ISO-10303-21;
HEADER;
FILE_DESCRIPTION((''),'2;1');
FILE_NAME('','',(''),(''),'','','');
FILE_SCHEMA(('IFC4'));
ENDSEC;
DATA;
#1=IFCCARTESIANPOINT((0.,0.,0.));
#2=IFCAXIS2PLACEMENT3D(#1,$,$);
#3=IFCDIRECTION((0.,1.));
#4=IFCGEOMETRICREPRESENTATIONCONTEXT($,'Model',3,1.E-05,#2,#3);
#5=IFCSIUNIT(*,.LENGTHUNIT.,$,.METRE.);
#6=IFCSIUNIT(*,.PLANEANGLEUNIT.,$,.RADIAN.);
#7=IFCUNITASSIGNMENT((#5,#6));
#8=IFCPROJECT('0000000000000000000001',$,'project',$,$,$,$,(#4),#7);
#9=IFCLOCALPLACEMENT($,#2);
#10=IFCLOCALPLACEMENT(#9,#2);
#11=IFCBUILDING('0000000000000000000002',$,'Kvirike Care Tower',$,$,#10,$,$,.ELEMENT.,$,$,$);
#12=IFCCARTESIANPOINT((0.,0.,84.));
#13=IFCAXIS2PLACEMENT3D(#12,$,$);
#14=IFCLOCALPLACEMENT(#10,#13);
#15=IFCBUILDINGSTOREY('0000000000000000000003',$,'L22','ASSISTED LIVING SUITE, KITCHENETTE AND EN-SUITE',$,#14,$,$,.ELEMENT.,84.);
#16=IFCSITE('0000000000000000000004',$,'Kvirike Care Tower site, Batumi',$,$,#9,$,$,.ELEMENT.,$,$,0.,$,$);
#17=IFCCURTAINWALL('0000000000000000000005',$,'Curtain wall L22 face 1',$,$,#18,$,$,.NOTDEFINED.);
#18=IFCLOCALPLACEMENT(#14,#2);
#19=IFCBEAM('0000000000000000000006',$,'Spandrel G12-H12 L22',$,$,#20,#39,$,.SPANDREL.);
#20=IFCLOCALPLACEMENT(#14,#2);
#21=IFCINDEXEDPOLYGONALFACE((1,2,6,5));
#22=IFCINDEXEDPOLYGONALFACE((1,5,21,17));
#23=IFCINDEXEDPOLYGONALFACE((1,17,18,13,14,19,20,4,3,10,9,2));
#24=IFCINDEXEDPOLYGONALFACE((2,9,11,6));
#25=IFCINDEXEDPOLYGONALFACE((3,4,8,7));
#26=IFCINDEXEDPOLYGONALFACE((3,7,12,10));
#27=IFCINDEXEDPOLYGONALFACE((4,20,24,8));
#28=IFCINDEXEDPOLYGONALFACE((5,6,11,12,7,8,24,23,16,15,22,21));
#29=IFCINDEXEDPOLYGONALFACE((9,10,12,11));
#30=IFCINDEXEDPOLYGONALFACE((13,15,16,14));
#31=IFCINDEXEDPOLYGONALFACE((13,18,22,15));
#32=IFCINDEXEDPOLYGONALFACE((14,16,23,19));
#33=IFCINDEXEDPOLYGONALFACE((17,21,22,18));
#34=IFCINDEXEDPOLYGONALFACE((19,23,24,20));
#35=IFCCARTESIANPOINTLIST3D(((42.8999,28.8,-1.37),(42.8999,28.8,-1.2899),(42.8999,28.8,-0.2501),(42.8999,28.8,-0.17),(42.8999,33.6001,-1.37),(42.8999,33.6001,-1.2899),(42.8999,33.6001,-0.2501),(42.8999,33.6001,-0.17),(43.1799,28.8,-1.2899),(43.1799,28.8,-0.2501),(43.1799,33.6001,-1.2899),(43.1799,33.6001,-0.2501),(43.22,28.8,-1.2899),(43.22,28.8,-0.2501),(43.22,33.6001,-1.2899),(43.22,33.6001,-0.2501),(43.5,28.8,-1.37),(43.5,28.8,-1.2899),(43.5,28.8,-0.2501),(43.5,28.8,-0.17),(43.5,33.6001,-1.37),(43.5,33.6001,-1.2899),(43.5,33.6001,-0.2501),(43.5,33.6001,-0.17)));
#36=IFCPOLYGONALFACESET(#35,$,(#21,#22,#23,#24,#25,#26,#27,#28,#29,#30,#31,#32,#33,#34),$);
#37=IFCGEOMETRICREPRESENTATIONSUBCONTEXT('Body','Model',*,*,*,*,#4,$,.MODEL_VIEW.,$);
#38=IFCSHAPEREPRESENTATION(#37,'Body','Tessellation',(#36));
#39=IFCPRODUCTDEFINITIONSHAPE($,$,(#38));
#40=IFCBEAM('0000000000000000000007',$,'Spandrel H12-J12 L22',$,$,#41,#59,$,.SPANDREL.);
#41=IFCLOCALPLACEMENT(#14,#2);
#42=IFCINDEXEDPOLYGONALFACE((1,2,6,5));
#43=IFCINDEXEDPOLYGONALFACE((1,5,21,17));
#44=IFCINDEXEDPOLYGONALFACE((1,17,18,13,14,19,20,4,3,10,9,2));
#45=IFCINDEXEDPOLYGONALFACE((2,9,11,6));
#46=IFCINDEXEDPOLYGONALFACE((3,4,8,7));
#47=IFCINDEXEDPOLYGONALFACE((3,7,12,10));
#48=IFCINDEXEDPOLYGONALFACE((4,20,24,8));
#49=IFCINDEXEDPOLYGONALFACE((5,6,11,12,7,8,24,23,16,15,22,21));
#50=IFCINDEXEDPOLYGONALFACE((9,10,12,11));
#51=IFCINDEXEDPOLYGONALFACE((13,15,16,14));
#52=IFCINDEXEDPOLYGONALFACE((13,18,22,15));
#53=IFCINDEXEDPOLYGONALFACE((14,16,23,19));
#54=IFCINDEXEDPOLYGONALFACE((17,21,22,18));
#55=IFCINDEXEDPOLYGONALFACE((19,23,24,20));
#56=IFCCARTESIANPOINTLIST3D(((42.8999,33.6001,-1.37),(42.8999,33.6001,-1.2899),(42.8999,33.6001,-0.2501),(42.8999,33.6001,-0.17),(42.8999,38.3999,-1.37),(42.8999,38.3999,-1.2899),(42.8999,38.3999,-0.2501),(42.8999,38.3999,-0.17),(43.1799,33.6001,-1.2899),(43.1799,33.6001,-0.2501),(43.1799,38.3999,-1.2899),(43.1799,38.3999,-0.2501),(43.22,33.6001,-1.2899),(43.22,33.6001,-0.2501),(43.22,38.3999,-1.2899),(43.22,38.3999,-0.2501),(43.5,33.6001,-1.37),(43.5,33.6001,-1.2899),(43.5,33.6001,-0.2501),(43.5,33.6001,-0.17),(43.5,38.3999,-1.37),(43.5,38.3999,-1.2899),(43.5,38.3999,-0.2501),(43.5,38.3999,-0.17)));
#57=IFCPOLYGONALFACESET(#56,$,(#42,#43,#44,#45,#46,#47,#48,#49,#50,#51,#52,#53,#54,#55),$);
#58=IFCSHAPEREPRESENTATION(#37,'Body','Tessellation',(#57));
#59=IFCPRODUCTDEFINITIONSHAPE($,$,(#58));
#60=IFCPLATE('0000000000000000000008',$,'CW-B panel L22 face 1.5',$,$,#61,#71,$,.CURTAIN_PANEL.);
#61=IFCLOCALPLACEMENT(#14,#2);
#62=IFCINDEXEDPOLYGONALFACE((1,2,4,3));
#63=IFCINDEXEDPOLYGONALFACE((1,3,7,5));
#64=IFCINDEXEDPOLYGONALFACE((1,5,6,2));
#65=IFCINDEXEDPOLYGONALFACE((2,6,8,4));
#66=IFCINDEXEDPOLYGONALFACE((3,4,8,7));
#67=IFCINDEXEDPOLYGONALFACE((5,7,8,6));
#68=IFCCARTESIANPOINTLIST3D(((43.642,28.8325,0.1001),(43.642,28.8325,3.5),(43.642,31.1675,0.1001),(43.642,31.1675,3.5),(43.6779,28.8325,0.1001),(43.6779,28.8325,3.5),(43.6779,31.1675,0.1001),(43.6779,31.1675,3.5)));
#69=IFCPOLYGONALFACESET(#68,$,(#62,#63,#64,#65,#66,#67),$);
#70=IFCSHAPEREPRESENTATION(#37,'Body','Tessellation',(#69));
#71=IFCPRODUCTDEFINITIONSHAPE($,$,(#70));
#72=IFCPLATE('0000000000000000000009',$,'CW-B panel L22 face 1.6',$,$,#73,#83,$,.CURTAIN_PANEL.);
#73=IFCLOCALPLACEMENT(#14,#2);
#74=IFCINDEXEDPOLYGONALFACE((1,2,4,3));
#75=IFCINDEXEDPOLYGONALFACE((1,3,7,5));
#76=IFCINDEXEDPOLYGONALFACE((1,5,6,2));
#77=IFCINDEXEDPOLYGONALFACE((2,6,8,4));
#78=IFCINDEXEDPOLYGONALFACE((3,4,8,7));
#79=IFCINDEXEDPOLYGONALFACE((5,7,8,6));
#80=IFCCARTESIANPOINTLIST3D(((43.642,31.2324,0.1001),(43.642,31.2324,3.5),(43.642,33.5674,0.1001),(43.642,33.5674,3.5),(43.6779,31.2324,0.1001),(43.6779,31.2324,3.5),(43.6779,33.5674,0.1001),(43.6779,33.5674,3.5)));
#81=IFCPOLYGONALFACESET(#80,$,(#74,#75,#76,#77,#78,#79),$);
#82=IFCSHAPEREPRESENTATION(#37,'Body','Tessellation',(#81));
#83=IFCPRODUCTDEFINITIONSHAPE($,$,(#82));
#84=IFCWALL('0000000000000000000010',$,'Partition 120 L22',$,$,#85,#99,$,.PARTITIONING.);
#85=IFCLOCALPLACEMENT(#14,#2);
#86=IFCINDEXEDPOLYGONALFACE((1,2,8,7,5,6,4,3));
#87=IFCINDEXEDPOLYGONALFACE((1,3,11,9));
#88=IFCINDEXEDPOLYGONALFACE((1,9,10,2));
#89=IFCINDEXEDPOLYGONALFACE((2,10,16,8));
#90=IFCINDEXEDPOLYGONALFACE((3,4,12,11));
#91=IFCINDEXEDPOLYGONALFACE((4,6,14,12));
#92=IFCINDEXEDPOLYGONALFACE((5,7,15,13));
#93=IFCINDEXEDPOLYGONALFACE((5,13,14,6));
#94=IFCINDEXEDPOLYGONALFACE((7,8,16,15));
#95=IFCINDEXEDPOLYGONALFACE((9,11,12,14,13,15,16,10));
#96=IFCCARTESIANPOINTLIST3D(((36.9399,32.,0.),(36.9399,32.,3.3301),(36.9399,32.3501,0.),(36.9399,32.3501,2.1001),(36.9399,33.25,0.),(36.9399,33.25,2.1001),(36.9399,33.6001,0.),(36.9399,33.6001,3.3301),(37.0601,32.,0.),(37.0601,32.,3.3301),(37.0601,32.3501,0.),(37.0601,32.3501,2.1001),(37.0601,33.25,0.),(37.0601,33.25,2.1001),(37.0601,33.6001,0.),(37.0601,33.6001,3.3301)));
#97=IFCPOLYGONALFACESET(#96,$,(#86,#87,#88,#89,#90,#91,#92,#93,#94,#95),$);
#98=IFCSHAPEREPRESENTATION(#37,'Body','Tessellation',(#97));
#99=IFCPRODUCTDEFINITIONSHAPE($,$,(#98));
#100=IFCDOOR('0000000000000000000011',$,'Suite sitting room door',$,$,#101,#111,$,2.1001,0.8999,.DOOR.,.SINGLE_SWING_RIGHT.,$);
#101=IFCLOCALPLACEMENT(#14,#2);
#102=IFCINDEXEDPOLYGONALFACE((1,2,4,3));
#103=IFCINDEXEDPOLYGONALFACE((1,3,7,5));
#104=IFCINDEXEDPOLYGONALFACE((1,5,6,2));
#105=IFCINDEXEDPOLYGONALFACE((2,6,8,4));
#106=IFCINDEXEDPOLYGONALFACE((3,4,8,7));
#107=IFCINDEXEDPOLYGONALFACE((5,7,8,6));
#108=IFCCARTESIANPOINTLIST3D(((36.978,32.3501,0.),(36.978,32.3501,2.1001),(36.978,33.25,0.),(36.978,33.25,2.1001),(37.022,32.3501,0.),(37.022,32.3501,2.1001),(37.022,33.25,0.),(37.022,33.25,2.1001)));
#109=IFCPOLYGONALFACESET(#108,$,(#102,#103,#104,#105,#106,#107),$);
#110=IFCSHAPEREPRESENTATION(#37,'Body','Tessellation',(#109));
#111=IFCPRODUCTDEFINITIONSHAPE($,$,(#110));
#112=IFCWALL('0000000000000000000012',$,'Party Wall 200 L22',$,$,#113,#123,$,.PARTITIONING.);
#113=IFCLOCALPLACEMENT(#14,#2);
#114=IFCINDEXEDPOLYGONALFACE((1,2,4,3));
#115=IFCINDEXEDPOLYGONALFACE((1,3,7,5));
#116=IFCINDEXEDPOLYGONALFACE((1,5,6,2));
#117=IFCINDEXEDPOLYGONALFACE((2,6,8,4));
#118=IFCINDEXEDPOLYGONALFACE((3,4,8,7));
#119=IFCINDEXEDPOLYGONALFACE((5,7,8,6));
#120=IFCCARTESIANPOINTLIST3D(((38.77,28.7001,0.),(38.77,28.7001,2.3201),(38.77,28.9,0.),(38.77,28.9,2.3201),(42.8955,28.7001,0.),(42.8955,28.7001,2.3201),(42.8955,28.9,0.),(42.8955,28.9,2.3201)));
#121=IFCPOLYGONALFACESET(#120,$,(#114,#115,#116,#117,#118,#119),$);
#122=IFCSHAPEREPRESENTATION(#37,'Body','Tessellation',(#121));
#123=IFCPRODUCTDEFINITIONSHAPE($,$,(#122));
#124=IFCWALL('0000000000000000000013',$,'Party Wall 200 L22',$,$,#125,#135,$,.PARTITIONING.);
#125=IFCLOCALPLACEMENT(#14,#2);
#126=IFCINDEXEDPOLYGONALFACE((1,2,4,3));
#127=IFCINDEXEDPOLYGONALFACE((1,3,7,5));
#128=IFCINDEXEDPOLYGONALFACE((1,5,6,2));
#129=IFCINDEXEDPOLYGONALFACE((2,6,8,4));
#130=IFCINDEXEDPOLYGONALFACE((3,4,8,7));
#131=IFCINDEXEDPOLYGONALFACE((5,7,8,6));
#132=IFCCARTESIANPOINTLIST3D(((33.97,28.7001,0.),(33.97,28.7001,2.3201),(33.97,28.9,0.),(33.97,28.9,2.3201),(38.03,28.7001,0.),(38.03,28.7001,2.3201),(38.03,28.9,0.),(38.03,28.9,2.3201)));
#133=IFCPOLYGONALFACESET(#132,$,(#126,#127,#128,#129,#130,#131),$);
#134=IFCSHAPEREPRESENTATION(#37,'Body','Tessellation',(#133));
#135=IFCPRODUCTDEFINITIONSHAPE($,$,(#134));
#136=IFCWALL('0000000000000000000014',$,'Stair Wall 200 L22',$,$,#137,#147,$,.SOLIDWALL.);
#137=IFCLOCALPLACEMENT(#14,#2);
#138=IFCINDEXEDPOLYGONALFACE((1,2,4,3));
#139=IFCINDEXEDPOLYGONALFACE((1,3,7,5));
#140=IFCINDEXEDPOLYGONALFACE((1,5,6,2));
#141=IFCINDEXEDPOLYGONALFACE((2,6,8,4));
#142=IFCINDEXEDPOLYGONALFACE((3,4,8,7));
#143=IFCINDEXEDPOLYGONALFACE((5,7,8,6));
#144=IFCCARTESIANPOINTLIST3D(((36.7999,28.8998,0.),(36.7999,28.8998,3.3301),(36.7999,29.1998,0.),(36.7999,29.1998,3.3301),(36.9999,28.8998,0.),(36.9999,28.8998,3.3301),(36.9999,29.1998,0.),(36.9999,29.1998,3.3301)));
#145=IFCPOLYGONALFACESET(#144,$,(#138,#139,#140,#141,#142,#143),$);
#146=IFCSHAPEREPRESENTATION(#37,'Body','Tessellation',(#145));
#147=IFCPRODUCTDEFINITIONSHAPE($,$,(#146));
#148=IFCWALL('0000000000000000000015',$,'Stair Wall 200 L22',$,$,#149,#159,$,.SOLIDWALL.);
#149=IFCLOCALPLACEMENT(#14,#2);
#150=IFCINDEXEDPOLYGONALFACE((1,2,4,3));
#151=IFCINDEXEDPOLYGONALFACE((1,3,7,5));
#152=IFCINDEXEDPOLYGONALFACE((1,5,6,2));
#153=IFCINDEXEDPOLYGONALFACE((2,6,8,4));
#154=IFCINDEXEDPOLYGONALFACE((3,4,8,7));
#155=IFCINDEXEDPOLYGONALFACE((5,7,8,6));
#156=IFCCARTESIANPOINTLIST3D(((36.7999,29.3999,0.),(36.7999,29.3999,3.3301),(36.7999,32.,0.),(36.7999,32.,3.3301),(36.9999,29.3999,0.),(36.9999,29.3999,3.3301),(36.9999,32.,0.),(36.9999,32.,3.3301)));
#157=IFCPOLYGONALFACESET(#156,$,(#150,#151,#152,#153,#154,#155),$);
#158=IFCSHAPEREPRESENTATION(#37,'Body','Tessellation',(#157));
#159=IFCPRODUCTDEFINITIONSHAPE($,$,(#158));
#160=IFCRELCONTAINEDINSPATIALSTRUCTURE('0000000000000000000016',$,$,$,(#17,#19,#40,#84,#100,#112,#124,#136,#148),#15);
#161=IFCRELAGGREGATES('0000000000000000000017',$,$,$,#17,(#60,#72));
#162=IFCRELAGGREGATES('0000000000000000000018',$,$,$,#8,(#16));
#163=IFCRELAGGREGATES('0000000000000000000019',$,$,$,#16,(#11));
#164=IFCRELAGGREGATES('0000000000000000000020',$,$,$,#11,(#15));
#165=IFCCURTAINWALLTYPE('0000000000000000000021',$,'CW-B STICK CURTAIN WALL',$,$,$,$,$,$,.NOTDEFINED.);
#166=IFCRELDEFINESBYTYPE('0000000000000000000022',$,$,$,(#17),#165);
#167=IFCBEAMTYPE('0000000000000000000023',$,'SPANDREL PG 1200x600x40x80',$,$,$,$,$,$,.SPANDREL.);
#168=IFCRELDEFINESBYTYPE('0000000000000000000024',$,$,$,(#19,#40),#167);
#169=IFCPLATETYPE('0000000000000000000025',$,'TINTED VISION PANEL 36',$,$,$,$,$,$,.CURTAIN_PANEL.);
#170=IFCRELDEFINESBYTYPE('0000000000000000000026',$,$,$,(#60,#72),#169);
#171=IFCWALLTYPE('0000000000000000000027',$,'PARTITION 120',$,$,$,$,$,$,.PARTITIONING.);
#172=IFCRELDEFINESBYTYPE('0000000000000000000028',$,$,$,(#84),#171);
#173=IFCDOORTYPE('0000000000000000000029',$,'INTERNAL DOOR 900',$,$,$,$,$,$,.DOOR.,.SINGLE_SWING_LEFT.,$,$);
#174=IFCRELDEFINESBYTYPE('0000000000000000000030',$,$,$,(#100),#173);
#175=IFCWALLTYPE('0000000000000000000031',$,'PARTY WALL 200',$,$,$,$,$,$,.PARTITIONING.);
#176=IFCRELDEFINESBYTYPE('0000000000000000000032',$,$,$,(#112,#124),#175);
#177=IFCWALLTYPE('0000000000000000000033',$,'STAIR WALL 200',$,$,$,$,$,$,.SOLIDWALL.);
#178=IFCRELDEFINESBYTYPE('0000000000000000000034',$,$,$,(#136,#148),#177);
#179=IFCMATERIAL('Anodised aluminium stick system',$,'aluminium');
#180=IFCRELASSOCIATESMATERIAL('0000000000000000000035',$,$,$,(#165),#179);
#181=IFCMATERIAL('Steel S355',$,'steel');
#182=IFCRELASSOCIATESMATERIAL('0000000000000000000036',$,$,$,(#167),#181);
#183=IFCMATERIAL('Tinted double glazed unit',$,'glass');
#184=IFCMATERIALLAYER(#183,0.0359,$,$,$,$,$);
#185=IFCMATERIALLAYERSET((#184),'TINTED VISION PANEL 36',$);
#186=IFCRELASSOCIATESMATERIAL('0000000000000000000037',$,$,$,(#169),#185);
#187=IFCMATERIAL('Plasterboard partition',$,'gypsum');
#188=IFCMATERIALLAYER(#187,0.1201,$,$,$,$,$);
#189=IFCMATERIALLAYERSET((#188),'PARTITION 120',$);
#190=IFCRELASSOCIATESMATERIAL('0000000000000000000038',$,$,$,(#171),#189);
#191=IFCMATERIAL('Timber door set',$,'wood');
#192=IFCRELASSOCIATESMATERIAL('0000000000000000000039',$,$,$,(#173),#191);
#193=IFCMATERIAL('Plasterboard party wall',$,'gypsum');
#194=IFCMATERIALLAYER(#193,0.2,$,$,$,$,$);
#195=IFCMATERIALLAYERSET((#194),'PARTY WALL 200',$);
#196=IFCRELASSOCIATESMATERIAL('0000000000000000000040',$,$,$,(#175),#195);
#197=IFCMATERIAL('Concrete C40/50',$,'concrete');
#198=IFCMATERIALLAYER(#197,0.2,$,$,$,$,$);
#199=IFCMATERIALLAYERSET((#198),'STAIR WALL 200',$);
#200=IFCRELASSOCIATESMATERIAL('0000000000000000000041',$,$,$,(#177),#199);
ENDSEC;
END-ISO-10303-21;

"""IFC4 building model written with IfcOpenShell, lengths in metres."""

from ifc_helpers import new_model, si_unit, direction, frame, frame_2d, origin, origin_2d, place, context, subcontext, project, spatial, rectangle, i_section, extrude, material, layer, layer_set, material_profile, profile_set, type_object, element, fill, aggregate, save


model = new_model("IFC4")

# Units and contexts
model_context = context("Model", 3, precision=1e-05, world=origin(), true_north=direction((0.0, 1.0)))
body_context = subcontext(model_context, "Body", "Model", "MODEL_VIEW")
ifc_project = project(units=[si_unit("LENGTHUNIT", "METRE"), si_unit("PLANEANGLEUNIT", "RADIAN")], contexts=[model_context])

# Site, building, storey
site_placement = place(None, origin())
site = spatial("IfcSite", under=ifc_project, at=site_placement, Name="Kvirike Care Tower site, Batumi", CompositionType="ELEMENT", RefElevation=0.0)
building_placement = place(site_placement, origin())
building = spatial("IfcBuilding", under=site, at=building_placement, Name="Kvirike Care Tower", CompositionType="ELEMENT")
storey_placement = place(building_placement, frame((0.0, 0.0, 84.0)))
storey = spatial("IfcBuildingStorey", under=building, at=storey_placement, Name="L22", Description="ASSISTED LIVING SUITE, KITCHENETTE AND EN-SUITE", CompositionType="ELEMENT", Elevation=84.0)

# Curtain wall
ifc_material_1 = material(Name="Anodised aluminium stick system", Category="aluminium")
curtain_wall_type = type_object("IfcCurtainWallType", Name="CW-B STICK CURTAIN WALL", PredefinedType="NOTDEFINED", material=ifc_material_1)
curtain_wall_placement = place(storey_placement, origin())
curtain_wall = element("IfcCurtainWall", 1, at=curtain_wall_placement, inside=storey, type_object=curtain_wall_type, Name="Curtain wall L22 face 1", PredefinedType="NOTDEFINED")

# Beams
ifc_material_2 = material(Name="Steel S355", Category="steel")
ifc_material_profile_1 = material_profile(ifc_material_2, i_section(OverallWidth=0.6001, OverallDepth=1.2, WebThickness=0.04, FlangeThickness=0.0801, at=origin_2d()), Name="PG 1200x600x40x80")
ifc_profile_set_1 = profile_set([ifc_material_profile_1], Name="Steel S355")
beam_type_1 = type_object("IfcBeamType", Name="SPANDREL PG 1200x600x40x80", PredefinedType="SPANDREL", material=ifc_profile_set_1)
beam_1_placement = place(storey_placement, frame((43.2, 28.8, -0.77), z_axis=(0.0, 1.0, 0.0), x_axis=(-1.0, 0.0, 0.0)))
element("IfcBeam", 2, at=beam_1_placement, inside=storey, type_object=beam_type_1, Name="Spandrel G12-H12 L22", PredefinedType="SPANDREL", context=body_context, shape_type="SweptSolid", body=[
    extrude(i_section(OverallWidth=0.6001, OverallDepth=1.2, WebThickness=0.04, FlangeThickness=0.0801, at=origin_2d()), origin(), (0.0, 0.0, 1.0), 4.8),
])
beam_2_placement = place(storey_placement, frame((43.2, 33.6001, -0.77), z_axis=(0.0, 1.0, 0.0), x_axis=(-1.0, 0.0, 0.0)))
element("IfcBeam", 3, at=beam_2_placement, inside=storey, type_object=beam_type_1, Name="Spandrel H12-J12 L22", PredefinedType="SPANDREL", context=body_context, shape_type="SweptSolid", body=[
    extrude(i_section(OverallWidth=0.6001, OverallDepth=1.2, WebThickness=0.04, FlangeThickness=0.0801, at=origin_2d()), origin(), (0.0, 0.0, 1.0), 4.7998),
])

# Plates
ifc_material_3 = material(Name="Tinted double glazed unit", Category="glass")
ifc_layer_1 = layer(ifc_material_3, 0.0359)
ifc_layer_set_1 = layer_set([ifc_layer_1], Name="TINTED VISION PANEL 36")
plate_type = type_object("IfcPlateType", Name="TINTED VISION PANEL 36", PredefinedType="CURTAIN_PANEL", material=ifc_layer_set_1)
plate_1_placement = place(storey_placement, frame((43.6599, 30.0, 0.1001), z_axis=(0.0, 0.0, 1.0), x_axis=(0.0, 1.0, 0.0)))
plate_1 = element("IfcPlate", 4, at=plate_1_placement, type_object=plate_type, Name="CW-B panel L22 face 1.5", PredefinedType="CURTAIN_PANEL", context=body_context, shape_type="SweptSolid", body=[
    extrude(rectangle(XDim=2.335, YDim=0.0359, at=origin_2d()), origin(), (0.0, 0.0, 1.0), 3.3999),
])
plate_2_placement = place(storey_placement, frame((43.6599, 32.3999, 0.1001), z_axis=(0.0, 0.0, 1.0), x_axis=(0.0, 1.0, 0.0)))
plate_2 = element("IfcPlate", 5, at=plate_2_placement, type_object=plate_type, Name="CW-B panel L22 face 1.6", PredefinedType="CURTAIN_PANEL", context=body_context, shape_type="SweptSolid", body=[
    extrude(rectangle(XDim=2.335, YDim=0.0359, at=origin_2d()), origin(), (0.0, 0.0, 1.0), 3.3999),
])
aggregate(curtain_wall, [plate_1, plate_2])

# Wall, opening, door
ifc_material_4 = material(Name="Plasterboard partition", Category="gypsum")
ifc_layer_2 = layer(ifc_material_4, 0.1201)
ifc_layer_set_2 = layer_set([ifc_layer_2], Name="PARTITION 120")
wall_type_1 = type_object("IfcWallType", Name="PARTITION 120", PredefinedType="PARTITIONING", material=ifc_layer_set_2)
wall_1_placement = place(storey_placement, frame((37.0, 32.0, 0.0), z_axis=(0.0, 0.0, 1.0), x_axis=(0.0, 1.0, 0.0)))
wall_1 = element("IfcWall", 6, at=wall_1_placement, inside=storey, type_object=wall_type_1, Name="Partition 120 L22", PredefinedType="PARTITIONING", context=body_context, shape_type="SweptSolid", body=[
    extrude(rectangle(XDim=1.6001, YDim=0.1201, at=frame_2d((0.8, 0.0))), origin(), (0.0, 0.0, 1.0), 3.3301),
])
opening_placement = place(wall_1_placement, frame((0.3501, 0.0, 0.0)))
opening = element("IfcOpeningElement", 7, at=opening_placement, cuts=wall_1, PredefinedType="OPENING", context=body_context, shape_type="SweptSolid", body=[
    extrude(rectangle(XDim=0.8999, YDim=2.1001, at=frame_2d((0.45, 1.05))), frame((0.0, 0.0706, 0.0), z_axis=(0.0, -1.0, 0.0), x_axis=(1.0, 0.0, 0.0)), (0.0, 0.0, 1.0), 0.1411),
])
ifc_material_5 = material(Name="Timber door set", Category="wood")
door_type = type_object("IfcDoorType", Name="INTERNAL DOOR 900", OperationType="SINGLE_SWING_LEFT", PredefinedType="DOOR", material=ifc_material_5)
door_placement = place(opening_placement, origin())
door = element("IfcDoor", 8, at=door_placement, inside=storey, type_object=door_type, Name="Suite sitting room door", OperationType="SINGLE_SWING_RIGHT", OverallHeight=2.1001, OverallWidth=0.8999, PredefinedType="DOOR", context=body_context, shape_type="SweptSolid", body=[
    extrude(rectangle(XDim=0.8999, YDim=2.1001, at=frame_2d((0.45, 1.05))), frame((0.0, 0.022, 0.0), z_axis=(0.0, -1.0, 0.0), x_axis=(1.0, 0.0, 0.0)), (0.0, 0.0, 1.0), 0.0439),
])
fill(opening, door)

# Walls
ifc_material_6 = material(Name="Plasterboard party wall", Category="gypsum")
ifc_layer_3 = layer(ifc_material_6, 0.2)
ifc_layer_set_3 = layer_set([ifc_layer_3], Name="PARTY WALL 200")
wall_type_2 = type_object("IfcWallType", Name="PARTY WALL 200", PredefinedType="PARTITIONING", material=ifc_layer_set_3)
wall_2_placement = place(storey_placement, frame((42.8955, 28.8, 0.0), z_axis=(0.0, 0.0, 1.0), x_axis=(-1.0, 0.0, 0.0)))
element("IfcWall", 9, at=wall_2_placement, inside=storey, type_object=wall_type_2, Name="Party Wall 200 L22", PredefinedType="PARTITIONING", context=body_context, shape_type="SweptSolid", body=[
    extrude(rectangle(XDim=4.1255, YDim=0.2, at=frame_2d((2.0627, 0.0))), origin(), (0.0, 0.0, 1.0), 2.3201),
])
wall_3_placement = place(storey_placement, frame((38.03, 28.8, 0.0), z_axis=(0.0, 0.0, 1.0), x_axis=(-1.0, 0.0, 0.0)))
element("IfcWall", 10, at=wall_3_placement, inside=storey, type_object=wall_type_2, Name="Party Wall 200 L22", PredefinedType="PARTITIONING", context=body_context, shape_type="SweptSolid", body=[
    extrude(rectangle(XDim=4.0601, YDim=0.2, at=frame_2d((2.03, 0.0))), origin(), (0.0, 0.0, 1.0), 2.3201),
])
ifc_material_7 = material(Name="Concrete C40/50", Category="concrete")
ifc_layer_4 = layer(ifc_material_7, 0.2)
ifc_layer_set_4 = layer_set([ifc_layer_4], Name="STAIR WALL 200")
wall_type_3 = type_object("IfcWallType", Name="STAIR WALL 200", PredefinedType="SOLIDWALL", material=ifc_layer_set_4)
wall_4_placement = place(storey_placement, frame((36.8999, 28.8999, 0.0), z_axis=(0.0, 0.0, 1.0), x_axis=(0.0, 1.0, 0.0)))
element("IfcWall", 11, at=wall_4_placement, inside=storey, type_object=wall_type_3, Name="Stair Wall 200 L22", PredefinedType="SOLIDWALL", context=body_context, shape_type="SweptSolid", body=[
    extrude(rectangle(XDim=0.3, YDim=0.2, at=frame_2d((0.1499, 0.0))), origin(), (0.0, 0.0, 1.0), 3.3301),
])
wall_5_placement = place(storey_placement, frame((36.8999, 29.3999, 0.0), z_axis=(0.0, 0.0, 1.0), x_axis=(0.0, 1.0, 0.0)))
element("IfcWall", 12, at=wall_5_placement, inside=storey, type_object=wall_type_3, Name="Stair Wall 200 L22", PredefinedType="SOLIDWALL", context=body_context, shape_type="SweptSolid", body=[
    extrude(rectangle(XDim=2.6001, YDim=0.2, at=frame_2d((1.3, 0.0))), origin(), (0.0, 0.0, 1.0), 3.3301),
])

save(model, "model.ifc")
